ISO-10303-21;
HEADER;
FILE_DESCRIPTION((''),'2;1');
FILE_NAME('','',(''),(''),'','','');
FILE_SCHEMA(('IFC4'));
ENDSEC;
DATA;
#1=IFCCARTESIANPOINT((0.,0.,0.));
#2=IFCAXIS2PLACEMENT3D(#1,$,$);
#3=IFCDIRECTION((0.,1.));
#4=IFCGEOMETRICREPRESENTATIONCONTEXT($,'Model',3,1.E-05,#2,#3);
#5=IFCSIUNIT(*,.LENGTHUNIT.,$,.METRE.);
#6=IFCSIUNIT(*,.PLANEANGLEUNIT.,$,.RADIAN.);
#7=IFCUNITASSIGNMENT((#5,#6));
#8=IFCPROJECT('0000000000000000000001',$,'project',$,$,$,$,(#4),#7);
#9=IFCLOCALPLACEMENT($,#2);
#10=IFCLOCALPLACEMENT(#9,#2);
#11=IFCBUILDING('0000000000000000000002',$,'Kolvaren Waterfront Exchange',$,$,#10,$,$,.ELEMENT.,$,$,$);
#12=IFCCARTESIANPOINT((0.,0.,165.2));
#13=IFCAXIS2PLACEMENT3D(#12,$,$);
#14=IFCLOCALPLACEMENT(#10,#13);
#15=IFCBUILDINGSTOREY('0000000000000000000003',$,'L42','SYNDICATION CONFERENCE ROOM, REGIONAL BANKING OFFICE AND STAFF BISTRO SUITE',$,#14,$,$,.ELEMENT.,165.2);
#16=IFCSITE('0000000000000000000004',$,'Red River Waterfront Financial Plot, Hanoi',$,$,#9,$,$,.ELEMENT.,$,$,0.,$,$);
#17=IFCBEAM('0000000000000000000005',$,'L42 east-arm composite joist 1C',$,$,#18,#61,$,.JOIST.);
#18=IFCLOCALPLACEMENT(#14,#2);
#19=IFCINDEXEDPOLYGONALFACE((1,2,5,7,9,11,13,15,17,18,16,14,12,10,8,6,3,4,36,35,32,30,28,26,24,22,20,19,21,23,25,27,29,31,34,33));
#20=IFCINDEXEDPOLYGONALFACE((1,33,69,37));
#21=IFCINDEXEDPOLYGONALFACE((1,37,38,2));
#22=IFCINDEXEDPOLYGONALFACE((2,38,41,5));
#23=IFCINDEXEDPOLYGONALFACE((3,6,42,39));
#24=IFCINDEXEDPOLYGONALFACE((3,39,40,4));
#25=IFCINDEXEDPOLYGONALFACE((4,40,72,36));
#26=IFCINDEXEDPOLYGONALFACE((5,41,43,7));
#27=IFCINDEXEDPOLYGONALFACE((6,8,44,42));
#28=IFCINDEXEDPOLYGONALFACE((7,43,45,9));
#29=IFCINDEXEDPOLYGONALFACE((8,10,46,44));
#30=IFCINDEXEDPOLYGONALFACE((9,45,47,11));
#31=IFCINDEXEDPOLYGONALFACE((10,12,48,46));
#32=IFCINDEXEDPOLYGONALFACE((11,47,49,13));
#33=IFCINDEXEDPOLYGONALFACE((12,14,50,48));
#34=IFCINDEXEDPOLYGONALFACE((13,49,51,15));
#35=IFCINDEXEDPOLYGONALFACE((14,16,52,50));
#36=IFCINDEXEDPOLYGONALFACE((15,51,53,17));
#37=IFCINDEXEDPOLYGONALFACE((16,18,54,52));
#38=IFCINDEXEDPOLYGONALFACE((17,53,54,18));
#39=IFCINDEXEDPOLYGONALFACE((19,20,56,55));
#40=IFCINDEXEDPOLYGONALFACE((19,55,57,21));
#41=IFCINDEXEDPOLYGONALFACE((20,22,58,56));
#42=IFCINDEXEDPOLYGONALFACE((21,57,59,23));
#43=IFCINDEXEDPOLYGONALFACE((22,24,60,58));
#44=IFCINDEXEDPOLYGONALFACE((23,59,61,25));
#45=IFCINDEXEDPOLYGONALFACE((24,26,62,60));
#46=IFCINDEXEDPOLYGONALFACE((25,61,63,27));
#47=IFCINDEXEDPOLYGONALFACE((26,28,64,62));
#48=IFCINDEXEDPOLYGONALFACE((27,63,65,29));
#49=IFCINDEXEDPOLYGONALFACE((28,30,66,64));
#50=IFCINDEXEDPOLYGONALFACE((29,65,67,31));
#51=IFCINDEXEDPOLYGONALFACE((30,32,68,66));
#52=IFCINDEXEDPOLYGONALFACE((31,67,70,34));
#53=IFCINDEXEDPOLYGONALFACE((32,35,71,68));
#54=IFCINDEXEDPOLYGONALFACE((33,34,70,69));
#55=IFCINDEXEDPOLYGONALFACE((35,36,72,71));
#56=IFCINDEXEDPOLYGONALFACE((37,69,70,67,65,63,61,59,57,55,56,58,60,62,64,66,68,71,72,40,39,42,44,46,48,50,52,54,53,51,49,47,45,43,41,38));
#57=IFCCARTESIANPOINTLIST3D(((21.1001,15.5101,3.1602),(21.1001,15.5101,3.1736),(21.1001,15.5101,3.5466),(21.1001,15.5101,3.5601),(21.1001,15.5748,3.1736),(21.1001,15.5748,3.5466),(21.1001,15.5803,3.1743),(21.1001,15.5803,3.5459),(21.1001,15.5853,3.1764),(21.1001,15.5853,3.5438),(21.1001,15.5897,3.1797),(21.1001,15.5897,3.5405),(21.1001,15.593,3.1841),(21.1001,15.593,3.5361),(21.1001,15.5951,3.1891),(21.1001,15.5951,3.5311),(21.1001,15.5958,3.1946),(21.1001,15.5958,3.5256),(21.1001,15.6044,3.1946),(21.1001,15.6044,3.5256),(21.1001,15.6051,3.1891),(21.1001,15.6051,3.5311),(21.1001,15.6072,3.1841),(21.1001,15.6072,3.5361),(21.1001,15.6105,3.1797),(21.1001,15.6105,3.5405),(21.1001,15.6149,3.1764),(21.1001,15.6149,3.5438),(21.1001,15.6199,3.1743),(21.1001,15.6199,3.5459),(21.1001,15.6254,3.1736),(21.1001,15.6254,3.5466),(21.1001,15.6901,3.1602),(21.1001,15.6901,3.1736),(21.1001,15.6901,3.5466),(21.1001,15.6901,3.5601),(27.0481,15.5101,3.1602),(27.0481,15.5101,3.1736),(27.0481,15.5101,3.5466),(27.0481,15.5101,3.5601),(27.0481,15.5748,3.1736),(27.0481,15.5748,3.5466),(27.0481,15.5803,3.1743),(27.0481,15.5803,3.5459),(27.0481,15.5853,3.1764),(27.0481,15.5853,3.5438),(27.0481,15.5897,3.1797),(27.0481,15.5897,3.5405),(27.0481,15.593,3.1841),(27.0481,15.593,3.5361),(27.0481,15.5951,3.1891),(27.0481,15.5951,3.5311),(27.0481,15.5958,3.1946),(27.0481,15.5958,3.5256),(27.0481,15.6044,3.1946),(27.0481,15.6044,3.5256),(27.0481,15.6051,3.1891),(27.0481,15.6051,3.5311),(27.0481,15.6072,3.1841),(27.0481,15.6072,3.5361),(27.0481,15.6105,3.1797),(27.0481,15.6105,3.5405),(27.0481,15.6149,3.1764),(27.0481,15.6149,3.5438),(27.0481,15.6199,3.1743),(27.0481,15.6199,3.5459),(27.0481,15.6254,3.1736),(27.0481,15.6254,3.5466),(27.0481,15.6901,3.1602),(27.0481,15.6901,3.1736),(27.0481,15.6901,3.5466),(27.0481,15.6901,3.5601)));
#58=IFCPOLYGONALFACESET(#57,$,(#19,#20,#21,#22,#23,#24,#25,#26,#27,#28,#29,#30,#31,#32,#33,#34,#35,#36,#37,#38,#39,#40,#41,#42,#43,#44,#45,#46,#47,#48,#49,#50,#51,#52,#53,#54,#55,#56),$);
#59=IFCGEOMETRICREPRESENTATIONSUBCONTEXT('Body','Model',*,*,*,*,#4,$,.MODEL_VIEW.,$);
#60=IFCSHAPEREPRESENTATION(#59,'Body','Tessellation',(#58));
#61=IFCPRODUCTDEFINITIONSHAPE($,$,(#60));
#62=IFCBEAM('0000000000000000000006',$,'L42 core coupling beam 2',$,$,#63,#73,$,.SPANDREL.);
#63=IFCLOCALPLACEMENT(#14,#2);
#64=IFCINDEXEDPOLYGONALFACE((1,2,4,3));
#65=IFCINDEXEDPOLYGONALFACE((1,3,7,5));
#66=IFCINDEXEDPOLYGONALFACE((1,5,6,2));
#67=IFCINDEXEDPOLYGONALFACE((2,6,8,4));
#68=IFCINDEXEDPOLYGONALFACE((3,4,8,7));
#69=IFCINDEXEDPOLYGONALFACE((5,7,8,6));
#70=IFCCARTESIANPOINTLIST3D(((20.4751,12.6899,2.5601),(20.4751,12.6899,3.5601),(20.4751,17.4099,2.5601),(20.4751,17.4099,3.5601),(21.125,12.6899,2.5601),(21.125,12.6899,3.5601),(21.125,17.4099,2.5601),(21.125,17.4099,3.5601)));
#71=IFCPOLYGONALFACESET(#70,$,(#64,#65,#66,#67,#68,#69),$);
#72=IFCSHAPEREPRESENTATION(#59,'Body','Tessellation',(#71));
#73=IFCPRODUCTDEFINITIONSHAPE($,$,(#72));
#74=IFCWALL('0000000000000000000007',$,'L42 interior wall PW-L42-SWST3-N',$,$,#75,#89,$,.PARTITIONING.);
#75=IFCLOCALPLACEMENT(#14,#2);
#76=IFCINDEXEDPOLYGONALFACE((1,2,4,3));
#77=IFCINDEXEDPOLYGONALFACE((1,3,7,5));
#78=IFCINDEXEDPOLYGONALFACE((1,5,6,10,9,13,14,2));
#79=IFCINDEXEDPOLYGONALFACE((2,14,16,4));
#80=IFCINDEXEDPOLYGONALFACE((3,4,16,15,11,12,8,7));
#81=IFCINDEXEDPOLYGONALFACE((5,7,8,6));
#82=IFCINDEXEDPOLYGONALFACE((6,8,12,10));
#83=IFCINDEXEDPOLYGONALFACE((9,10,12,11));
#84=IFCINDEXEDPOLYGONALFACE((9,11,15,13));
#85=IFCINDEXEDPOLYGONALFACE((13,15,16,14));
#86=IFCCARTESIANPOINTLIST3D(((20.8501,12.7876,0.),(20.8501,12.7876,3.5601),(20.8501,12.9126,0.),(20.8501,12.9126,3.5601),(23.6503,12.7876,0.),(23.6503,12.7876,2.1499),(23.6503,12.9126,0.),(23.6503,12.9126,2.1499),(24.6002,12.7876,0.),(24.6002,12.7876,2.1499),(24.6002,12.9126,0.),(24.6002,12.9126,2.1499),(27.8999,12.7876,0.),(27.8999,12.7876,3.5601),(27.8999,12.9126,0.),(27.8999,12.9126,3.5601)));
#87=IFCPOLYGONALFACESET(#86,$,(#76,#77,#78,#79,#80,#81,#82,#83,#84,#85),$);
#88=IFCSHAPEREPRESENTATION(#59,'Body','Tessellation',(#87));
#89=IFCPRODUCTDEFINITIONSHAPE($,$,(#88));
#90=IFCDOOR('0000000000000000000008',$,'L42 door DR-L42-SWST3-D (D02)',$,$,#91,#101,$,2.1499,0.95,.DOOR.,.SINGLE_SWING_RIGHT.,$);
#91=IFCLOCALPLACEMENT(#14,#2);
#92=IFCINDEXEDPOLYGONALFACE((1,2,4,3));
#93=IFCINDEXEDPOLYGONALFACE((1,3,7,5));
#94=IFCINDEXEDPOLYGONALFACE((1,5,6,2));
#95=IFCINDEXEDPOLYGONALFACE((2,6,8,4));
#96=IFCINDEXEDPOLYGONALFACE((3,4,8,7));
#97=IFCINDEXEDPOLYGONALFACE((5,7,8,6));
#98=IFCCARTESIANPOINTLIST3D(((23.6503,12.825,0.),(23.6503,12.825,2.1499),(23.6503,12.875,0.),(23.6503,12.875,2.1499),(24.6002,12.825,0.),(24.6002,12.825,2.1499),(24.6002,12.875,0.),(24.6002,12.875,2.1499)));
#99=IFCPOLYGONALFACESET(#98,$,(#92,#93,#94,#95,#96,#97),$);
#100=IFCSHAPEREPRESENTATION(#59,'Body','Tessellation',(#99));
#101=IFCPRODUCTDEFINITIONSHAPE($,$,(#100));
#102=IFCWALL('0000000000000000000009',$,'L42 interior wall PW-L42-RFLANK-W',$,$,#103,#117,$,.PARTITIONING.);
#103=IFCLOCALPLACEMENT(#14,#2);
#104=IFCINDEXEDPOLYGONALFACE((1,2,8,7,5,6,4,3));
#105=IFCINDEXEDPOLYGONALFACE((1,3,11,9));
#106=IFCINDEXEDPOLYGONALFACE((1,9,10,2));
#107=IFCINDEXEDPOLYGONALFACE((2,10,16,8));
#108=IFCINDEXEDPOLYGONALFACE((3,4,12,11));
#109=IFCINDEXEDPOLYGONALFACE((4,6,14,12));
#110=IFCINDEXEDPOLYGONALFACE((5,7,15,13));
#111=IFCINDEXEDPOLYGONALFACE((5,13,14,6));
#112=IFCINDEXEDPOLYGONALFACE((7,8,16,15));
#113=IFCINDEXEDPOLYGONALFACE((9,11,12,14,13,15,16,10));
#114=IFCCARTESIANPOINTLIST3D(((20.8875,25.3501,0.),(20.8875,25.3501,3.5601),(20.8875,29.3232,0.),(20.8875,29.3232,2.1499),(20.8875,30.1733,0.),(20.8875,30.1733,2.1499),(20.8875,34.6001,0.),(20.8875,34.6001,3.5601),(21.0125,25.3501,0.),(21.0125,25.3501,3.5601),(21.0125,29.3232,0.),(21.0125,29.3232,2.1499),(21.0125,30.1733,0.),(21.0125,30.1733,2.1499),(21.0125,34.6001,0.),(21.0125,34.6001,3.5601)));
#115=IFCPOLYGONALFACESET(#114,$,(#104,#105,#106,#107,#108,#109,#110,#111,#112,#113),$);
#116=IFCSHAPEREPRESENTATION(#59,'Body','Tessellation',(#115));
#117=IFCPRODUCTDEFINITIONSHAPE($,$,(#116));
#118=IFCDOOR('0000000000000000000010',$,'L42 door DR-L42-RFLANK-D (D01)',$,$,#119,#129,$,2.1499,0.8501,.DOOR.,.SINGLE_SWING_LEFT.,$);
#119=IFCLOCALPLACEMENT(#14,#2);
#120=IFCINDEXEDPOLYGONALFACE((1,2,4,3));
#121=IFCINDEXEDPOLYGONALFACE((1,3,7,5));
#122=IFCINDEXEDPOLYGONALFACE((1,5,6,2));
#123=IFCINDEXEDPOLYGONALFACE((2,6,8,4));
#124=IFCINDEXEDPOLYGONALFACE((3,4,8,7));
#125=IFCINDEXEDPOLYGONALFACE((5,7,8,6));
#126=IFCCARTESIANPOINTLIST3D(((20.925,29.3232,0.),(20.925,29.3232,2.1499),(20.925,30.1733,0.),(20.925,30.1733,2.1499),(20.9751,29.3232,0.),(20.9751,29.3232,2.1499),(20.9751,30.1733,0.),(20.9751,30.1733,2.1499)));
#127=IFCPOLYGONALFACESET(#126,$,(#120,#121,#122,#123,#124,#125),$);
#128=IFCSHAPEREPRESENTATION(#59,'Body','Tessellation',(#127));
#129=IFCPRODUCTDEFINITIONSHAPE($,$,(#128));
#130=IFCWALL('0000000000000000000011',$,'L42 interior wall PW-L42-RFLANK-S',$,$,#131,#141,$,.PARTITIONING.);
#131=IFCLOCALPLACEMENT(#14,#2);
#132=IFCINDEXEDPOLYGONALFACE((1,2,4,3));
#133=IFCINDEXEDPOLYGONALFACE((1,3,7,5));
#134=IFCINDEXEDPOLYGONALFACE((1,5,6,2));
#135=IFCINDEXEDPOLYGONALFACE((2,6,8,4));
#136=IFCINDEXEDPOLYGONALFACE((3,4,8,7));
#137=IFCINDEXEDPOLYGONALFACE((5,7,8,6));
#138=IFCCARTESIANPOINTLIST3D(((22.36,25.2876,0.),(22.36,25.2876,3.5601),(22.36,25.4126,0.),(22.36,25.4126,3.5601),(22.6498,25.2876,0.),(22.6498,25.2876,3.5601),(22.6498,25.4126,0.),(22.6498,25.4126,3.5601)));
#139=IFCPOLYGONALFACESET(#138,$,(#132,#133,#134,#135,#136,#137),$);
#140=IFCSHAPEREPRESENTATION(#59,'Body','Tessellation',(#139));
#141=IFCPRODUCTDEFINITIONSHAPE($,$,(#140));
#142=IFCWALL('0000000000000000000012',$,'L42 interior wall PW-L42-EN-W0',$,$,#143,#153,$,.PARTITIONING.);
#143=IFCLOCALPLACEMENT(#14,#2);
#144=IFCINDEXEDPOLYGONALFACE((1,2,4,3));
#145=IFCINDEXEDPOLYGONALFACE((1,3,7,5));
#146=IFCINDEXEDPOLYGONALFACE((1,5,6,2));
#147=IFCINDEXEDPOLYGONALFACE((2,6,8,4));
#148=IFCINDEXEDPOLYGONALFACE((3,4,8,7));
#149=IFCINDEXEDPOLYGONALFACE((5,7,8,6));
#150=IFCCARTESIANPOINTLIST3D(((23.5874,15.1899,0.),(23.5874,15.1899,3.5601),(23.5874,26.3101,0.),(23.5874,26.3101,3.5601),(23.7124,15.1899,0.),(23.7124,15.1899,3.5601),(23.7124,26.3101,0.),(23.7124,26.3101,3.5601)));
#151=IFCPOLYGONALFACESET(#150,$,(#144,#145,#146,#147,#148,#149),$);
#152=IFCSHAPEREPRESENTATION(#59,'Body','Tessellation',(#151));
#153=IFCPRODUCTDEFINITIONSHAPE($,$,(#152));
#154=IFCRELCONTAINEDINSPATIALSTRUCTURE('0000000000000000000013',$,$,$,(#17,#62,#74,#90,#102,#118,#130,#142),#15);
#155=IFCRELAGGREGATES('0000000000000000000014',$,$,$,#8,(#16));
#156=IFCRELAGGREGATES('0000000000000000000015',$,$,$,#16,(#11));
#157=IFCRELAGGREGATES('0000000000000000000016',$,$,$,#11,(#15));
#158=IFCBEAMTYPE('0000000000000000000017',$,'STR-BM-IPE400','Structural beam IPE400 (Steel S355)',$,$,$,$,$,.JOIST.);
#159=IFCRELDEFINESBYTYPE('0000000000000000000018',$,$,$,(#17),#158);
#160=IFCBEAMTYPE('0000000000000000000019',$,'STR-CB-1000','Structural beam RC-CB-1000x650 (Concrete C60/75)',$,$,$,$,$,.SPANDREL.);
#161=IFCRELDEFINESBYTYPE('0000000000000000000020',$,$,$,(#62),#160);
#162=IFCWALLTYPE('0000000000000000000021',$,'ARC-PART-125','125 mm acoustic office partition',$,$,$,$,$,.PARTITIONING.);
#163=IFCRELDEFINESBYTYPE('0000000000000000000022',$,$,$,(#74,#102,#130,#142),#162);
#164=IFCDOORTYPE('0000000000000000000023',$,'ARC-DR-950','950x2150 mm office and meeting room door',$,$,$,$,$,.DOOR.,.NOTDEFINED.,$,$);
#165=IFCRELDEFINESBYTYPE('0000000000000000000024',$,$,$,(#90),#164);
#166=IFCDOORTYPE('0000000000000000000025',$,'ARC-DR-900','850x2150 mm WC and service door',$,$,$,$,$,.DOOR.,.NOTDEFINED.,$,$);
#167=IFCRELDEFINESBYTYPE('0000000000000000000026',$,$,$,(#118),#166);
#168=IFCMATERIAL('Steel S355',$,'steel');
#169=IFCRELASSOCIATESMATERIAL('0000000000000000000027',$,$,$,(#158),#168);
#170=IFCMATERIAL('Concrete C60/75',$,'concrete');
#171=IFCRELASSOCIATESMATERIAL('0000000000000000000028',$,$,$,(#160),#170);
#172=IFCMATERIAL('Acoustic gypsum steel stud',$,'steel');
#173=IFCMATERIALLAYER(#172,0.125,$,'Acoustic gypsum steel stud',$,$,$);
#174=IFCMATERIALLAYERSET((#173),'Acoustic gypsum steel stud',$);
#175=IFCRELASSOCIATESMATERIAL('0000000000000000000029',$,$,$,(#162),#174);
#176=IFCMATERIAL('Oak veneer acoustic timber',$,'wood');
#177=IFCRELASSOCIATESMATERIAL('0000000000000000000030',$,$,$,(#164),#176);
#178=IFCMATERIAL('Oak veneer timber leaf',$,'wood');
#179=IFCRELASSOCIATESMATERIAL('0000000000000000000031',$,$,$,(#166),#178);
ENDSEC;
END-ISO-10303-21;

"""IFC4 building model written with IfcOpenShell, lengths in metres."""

from ifc_helpers import new_model, si_unit, direction, frame, frame_2d, origin, origin_2d, place, context, subcontext, project, spatial, rectangle, i_section, extrude, material, layer, layer_set, material_profile, profile_set, type_object, element, fill, save


model = new_model("IFC4")

# Units and contexts
model_context = context("Model", 3, precision=1e-05, world=origin(), true_north=direction((0.0, 1.0)))
body_context = subcontext(model_context, "Body", "Model", "MODEL_VIEW")
ifc_project = project(units=[si_unit("LENGTHUNIT", "METRE"), si_unit("PLANEANGLEUNIT", "RADIAN")], contexts=[model_context])

# Site, building, storey
site_placement = place(None, origin())
site = spatial("IfcSite", under=ifc_project, at=site_placement, Name="Red River Waterfront Financial Plot, Hanoi", CompositionType="ELEMENT", RefElevation=0.0)
building_placement = place(site_placement, origin())
building = spatial("IfcBuilding", under=site, at=building_placement, Name="Kolvaren Waterfront Exchange", CompositionType="ELEMENT")
storey_placement = place(building_placement, frame((0.0, 0.0, 165.2)))
storey = spatial("IfcBuildingStorey", under=building, at=storey_placement, Name="L42", Description="SYNDICATION CONFERENCE ROOM, REGIONAL BANKING OFFICE AND STAFF BISTRO SUITE", CompositionType="ELEMENT", Elevation=165.2)

# Shared definitions
ifc_material_1 = material(Name="Concrete C60/75", Category="concrete")

# Beams
ifc_material_2 = material(Name="Steel S355", Category="steel")
ifc_material_profile_1 = material_profile(ifc_material_2, i_section(OverallWidth=0.1799, OverallDepth=0.3999, WebThickness=0.0085, FlangeThickness=0.0134, FilletRadius=0.021, at=origin_2d()), Name="IPE400")
ifc_profile_set_1 = profile_set([ifc_material_profile_1], Name="Steel S355")
beam_type_1 = type_object("IfcBeamType", Name="STR-BM-IPE400", Description="Structural beam IPE400 (Steel S355)", PredefinedType="JOIST", material=ifc_profile_set_1)
for number, where, z_axis, x_axis, name in (
    (1, (21.1001, 15.6001, 3.3601), (1.0, 0.0, 0.0), (0.0, 1.0, 0.0), "L42 east-arm composite joist 1C"),
):
    element("IfcBeam", number, at=place(storey_placement, frame(where, z_axis=z_axis, x_axis=x_axis)), inside=storey, type_object=beam_type_1, Name=name, PredefinedType="JOIST", context=body_context, shape_type="SweptSolid", body=[
        extrude(i_section(OverallWidth=0.1799, OverallDepth=0.3999, WebThickness=0.0085, FlangeThickness=0.0134, FilletRadius=0.021, at=origin_2d()), origin(), (0.0, 0.0, 1.0), 5.948),
    ])
ifc_material_profile_2 = material_profile(ifc_material_1, rectangle(XDim=0.6499, YDim=1.0, at=origin_2d()), Name="RC-CB-1000x650")
ifc_profile_set_2 = profile_set([ifc_material_profile_2], Name="Concrete C60/75")
beam_type_2 = type_object("IfcBeamType", Name="STR-CB-1000", Description="Structural beam RC-CB-1000x650 (Concrete C60/75)", PredefinedType="SPANDREL", material=ifc_profile_set_2)
beam_1_placement = place(storey_placement, frame((20.8, 12.6899, 3.0601), z_axis=(0.0, 1.0, 0.0), x_axis=(-1.0, 0.0, 0.0)))
element("IfcBeam", 2, at=beam_1_placement, inside=storey, type_object=beam_type_2, Name="L42 core coupling beam 2", PredefinedType="SPANDREL", context=body_context, shape_type="SweptSolid", body=[
    extrude(rectangle(XDim=0.6499, YDim=1.0, at=origin_2d()), origin(), (0.0, 0.0, 1.0), 4.72),
])

# Walls, openings, doors
ifc_material_3 = material(Name="Acoustic gypsum steel stud", Category="steel")
ifc_layer_1 = layer(ifc_material_3, 0.125, Name="Acoustic gypsum steel stud")
ifc_layer_set_1 = layer_set([ifc_layer_1], Name="Acoustic gypsum steel stud")
wall_type_1 = type_object("IfcWallType", Name="ARC-PART-125", Description="125 mm acoustic office partition", PredefinedType="PARTITIONING", material=ifc_layer_set_1)
wall_1_placement = place(storey_placement, frame((20.8501, 12.8501, 0.0), z_axis=(0.0, 0.0, 1.0), x_axis=(1.0, 0.0, 0.0)))
wall_1 = element("IfcWall", 3, at=wall_1_placement, inside=storey, type_object=wall_type_1, Name="L42 interior wall PW-L42-SWST3-N", PredefinedType="PARTITIONING", context=body_context, shape_type="SweptSolid", body=[
    extrude(rectangle(XDim=7.0498, YDim=0.125, at=frame_2d((3.5249, 0.0))), origin(), (0.0, 0.0, 1.0), 3.5601),
])
opening_1_placement = place(wall_1_placement, frame((2.8, 0.0, 0.0)))
opening_1 = element("IfcOpeningElement", 4, at=opening_1_placement, cuts=wall_1, PredefinedType="OPENING", context=body_context, shape_type="SweptSolid", body=[
    extrude(rectangle(XDim=0.95, YDim=2.1499, at=frame_2d((0.4751, 1.075))), frame((0.0, 0.0725, 0.0), z_axis=(0.0, -1.0, 0.0), x_axis=(1.0, 0.0, 0.0)), (0.0, 0.0, 1.0), 0.145),
])
ifc_material_4 = material(Name="Oak veneer acoustic timber", Category="wood")
door_type_1 = type_object("IfcDoorType", Name="ARC-DR-950", Description="950x2150 mm office and meeting room door", OperationType="NOTDEFINED", PredefinedType="DOOR", material=ifc_material_4)
door_1_placement = place(opening_1_placement, origin())
door_1 = element("IfcDoor", 5, at=door_1_placement, inside=storey, type_object=door_type_1, Name="L42 door DR-L42-SWST3-D (D02)", OperationType="SINGLE_SWING_RIGHT", OverallHeight=2.1499, OverallWidth=0.95, PredefinedType="DOOR", context=body_context, shape_type="SweptSolid", body=[
    extrude(rectangle(XDim=0.95, YDim=2.1499, at=frame_2d((0.4751, 1.075))), frame((0.0, 0.0249, 0.0), z_axis=(0.0, -1.0, 0.0), x_axis=(1.0, 0.0, 0.0)), (0.0, 0.0, 1.0), 0.05),
])
fill(opening_1, door_1)
wall_2_placement = place(storey_placement, frame((20.95, 25.3501, 0.0), z_axis=(0.0, 0.0, 1.0), x_axis=(0.0, 1.0, 0.0)))
wall_2 = element("IfcWall", 6, at=wall_2_placement, inside=storey, type_object=wall_type_1, Name="L42 interior wall PW-L42-RFLANK-W", PredefinedType="PARTITIONING", context=body_context, shape_type="SweptSolid", body=[
    extrude(rectangle(XDim=9.25, YDim=0.125, at=frame_2d((4.625, 0.0))), origin(), (0.0, 0.0, 1.0), 3.5601),
])
opening_2_placement = place(wall_2_placement, frame((3.9731, 0.0, 0.0)))
opening_2 = element("IfcOpeningElement", 7, at=opening_2_placement, cuts=wall_2, PredefinedType="OPENING", context=body_context, shape_type="SweptSolid", body=[
    extrude(rectangle(XDim=0.8501, YDim=2.1499, at=frame_2d((0.425, 1.075))), frame((0.0, 0.0725, 0.0), z_axis=(0.0, -1.0, 0.0), x_axis=(1.0, 0.0, 0.0)), (0.0, 0.0, 1.0), 0.145),
])
ifc_material_5 = material(Name="Oak veneer timber leaf", Category="wood")
door_type_2 = type_object("IfcDoorType", Name="ARC-DR-900", Description="850x2150 mm WC and service door", OperationType="NOTDEFINED", PredefinedType="DOOR", material=ifc_material_5)
door_2_placement = place(opening_2_placement, origin())
door_2 = element("IfcDoor", 8, at=door_2_placement, inside=storey, type_object=door_type_2, Name="L42 door DR-L42-RFLANK-D (D01)", OperationType="SINGLE_SWING_LEFT", OverallHeight=2.1499, OverallWidth=0.8501, PredefinedType="DOOR", context=body_context, shape_type="SweptSolid", body=[
    extrude(rectangle(XDim=0.8501, YDim=2.1499, at=frame_2d((0.425, 1.075))), frame((0.0, 0.0249, 0.0), z_axis=(0.0, -1.0, 0.0), x_axis=(1.0, 0.0, 0.0)), (0.0, 0.0, 1.0), 0.05),
])
fill(opening_2, door_2)

# Walls
wall_3_placement = place(storey_placement, frame((22.6499, 25.3501, 0.0), z_axis=(0.0, 0.0, 1.0), x_axis=(-1.0, 0.0, 0.0)))
element("IfcWall", 9, at=wall_3_placement, inside=storey, type_object=wall_type_1, Name="L42 interior wall PW-L42-RFLANK-S", PredefinedType="PARTITIONING", context=body_context, shape_type="SweptSolid", body=[
    extrude(rectangle(XDim=0.2898, YDim=0.125, at=frame_2d((0.145, 0.0))), origin(), (0.0, 0.0, 1.0), 3.5601),
])
wall_4_placement = place(storey_placement, frame((23.6499, 15.1899, 0.0), z_axis=(0.0, 0.0, 1.0), x_axis=(0.0, 1.0, 0.0)))
element("IfcWall", 10, at=wall_4_placement, inside=storey, type_object=wall_type_1, Name="L42 interior wall PW-L42-EN-W0", PredefinedType="PARTITIONING", context=body_context, shape_type="SweptSolid", body=[
    extrude(rectangle(XDim=11.1201, YDim=0.125, at=frame_2d((5.5601, 0.0))), origin(), (0.0, 0.0, 1.0), 3.5601),
])

save(model, "model.ifc")
